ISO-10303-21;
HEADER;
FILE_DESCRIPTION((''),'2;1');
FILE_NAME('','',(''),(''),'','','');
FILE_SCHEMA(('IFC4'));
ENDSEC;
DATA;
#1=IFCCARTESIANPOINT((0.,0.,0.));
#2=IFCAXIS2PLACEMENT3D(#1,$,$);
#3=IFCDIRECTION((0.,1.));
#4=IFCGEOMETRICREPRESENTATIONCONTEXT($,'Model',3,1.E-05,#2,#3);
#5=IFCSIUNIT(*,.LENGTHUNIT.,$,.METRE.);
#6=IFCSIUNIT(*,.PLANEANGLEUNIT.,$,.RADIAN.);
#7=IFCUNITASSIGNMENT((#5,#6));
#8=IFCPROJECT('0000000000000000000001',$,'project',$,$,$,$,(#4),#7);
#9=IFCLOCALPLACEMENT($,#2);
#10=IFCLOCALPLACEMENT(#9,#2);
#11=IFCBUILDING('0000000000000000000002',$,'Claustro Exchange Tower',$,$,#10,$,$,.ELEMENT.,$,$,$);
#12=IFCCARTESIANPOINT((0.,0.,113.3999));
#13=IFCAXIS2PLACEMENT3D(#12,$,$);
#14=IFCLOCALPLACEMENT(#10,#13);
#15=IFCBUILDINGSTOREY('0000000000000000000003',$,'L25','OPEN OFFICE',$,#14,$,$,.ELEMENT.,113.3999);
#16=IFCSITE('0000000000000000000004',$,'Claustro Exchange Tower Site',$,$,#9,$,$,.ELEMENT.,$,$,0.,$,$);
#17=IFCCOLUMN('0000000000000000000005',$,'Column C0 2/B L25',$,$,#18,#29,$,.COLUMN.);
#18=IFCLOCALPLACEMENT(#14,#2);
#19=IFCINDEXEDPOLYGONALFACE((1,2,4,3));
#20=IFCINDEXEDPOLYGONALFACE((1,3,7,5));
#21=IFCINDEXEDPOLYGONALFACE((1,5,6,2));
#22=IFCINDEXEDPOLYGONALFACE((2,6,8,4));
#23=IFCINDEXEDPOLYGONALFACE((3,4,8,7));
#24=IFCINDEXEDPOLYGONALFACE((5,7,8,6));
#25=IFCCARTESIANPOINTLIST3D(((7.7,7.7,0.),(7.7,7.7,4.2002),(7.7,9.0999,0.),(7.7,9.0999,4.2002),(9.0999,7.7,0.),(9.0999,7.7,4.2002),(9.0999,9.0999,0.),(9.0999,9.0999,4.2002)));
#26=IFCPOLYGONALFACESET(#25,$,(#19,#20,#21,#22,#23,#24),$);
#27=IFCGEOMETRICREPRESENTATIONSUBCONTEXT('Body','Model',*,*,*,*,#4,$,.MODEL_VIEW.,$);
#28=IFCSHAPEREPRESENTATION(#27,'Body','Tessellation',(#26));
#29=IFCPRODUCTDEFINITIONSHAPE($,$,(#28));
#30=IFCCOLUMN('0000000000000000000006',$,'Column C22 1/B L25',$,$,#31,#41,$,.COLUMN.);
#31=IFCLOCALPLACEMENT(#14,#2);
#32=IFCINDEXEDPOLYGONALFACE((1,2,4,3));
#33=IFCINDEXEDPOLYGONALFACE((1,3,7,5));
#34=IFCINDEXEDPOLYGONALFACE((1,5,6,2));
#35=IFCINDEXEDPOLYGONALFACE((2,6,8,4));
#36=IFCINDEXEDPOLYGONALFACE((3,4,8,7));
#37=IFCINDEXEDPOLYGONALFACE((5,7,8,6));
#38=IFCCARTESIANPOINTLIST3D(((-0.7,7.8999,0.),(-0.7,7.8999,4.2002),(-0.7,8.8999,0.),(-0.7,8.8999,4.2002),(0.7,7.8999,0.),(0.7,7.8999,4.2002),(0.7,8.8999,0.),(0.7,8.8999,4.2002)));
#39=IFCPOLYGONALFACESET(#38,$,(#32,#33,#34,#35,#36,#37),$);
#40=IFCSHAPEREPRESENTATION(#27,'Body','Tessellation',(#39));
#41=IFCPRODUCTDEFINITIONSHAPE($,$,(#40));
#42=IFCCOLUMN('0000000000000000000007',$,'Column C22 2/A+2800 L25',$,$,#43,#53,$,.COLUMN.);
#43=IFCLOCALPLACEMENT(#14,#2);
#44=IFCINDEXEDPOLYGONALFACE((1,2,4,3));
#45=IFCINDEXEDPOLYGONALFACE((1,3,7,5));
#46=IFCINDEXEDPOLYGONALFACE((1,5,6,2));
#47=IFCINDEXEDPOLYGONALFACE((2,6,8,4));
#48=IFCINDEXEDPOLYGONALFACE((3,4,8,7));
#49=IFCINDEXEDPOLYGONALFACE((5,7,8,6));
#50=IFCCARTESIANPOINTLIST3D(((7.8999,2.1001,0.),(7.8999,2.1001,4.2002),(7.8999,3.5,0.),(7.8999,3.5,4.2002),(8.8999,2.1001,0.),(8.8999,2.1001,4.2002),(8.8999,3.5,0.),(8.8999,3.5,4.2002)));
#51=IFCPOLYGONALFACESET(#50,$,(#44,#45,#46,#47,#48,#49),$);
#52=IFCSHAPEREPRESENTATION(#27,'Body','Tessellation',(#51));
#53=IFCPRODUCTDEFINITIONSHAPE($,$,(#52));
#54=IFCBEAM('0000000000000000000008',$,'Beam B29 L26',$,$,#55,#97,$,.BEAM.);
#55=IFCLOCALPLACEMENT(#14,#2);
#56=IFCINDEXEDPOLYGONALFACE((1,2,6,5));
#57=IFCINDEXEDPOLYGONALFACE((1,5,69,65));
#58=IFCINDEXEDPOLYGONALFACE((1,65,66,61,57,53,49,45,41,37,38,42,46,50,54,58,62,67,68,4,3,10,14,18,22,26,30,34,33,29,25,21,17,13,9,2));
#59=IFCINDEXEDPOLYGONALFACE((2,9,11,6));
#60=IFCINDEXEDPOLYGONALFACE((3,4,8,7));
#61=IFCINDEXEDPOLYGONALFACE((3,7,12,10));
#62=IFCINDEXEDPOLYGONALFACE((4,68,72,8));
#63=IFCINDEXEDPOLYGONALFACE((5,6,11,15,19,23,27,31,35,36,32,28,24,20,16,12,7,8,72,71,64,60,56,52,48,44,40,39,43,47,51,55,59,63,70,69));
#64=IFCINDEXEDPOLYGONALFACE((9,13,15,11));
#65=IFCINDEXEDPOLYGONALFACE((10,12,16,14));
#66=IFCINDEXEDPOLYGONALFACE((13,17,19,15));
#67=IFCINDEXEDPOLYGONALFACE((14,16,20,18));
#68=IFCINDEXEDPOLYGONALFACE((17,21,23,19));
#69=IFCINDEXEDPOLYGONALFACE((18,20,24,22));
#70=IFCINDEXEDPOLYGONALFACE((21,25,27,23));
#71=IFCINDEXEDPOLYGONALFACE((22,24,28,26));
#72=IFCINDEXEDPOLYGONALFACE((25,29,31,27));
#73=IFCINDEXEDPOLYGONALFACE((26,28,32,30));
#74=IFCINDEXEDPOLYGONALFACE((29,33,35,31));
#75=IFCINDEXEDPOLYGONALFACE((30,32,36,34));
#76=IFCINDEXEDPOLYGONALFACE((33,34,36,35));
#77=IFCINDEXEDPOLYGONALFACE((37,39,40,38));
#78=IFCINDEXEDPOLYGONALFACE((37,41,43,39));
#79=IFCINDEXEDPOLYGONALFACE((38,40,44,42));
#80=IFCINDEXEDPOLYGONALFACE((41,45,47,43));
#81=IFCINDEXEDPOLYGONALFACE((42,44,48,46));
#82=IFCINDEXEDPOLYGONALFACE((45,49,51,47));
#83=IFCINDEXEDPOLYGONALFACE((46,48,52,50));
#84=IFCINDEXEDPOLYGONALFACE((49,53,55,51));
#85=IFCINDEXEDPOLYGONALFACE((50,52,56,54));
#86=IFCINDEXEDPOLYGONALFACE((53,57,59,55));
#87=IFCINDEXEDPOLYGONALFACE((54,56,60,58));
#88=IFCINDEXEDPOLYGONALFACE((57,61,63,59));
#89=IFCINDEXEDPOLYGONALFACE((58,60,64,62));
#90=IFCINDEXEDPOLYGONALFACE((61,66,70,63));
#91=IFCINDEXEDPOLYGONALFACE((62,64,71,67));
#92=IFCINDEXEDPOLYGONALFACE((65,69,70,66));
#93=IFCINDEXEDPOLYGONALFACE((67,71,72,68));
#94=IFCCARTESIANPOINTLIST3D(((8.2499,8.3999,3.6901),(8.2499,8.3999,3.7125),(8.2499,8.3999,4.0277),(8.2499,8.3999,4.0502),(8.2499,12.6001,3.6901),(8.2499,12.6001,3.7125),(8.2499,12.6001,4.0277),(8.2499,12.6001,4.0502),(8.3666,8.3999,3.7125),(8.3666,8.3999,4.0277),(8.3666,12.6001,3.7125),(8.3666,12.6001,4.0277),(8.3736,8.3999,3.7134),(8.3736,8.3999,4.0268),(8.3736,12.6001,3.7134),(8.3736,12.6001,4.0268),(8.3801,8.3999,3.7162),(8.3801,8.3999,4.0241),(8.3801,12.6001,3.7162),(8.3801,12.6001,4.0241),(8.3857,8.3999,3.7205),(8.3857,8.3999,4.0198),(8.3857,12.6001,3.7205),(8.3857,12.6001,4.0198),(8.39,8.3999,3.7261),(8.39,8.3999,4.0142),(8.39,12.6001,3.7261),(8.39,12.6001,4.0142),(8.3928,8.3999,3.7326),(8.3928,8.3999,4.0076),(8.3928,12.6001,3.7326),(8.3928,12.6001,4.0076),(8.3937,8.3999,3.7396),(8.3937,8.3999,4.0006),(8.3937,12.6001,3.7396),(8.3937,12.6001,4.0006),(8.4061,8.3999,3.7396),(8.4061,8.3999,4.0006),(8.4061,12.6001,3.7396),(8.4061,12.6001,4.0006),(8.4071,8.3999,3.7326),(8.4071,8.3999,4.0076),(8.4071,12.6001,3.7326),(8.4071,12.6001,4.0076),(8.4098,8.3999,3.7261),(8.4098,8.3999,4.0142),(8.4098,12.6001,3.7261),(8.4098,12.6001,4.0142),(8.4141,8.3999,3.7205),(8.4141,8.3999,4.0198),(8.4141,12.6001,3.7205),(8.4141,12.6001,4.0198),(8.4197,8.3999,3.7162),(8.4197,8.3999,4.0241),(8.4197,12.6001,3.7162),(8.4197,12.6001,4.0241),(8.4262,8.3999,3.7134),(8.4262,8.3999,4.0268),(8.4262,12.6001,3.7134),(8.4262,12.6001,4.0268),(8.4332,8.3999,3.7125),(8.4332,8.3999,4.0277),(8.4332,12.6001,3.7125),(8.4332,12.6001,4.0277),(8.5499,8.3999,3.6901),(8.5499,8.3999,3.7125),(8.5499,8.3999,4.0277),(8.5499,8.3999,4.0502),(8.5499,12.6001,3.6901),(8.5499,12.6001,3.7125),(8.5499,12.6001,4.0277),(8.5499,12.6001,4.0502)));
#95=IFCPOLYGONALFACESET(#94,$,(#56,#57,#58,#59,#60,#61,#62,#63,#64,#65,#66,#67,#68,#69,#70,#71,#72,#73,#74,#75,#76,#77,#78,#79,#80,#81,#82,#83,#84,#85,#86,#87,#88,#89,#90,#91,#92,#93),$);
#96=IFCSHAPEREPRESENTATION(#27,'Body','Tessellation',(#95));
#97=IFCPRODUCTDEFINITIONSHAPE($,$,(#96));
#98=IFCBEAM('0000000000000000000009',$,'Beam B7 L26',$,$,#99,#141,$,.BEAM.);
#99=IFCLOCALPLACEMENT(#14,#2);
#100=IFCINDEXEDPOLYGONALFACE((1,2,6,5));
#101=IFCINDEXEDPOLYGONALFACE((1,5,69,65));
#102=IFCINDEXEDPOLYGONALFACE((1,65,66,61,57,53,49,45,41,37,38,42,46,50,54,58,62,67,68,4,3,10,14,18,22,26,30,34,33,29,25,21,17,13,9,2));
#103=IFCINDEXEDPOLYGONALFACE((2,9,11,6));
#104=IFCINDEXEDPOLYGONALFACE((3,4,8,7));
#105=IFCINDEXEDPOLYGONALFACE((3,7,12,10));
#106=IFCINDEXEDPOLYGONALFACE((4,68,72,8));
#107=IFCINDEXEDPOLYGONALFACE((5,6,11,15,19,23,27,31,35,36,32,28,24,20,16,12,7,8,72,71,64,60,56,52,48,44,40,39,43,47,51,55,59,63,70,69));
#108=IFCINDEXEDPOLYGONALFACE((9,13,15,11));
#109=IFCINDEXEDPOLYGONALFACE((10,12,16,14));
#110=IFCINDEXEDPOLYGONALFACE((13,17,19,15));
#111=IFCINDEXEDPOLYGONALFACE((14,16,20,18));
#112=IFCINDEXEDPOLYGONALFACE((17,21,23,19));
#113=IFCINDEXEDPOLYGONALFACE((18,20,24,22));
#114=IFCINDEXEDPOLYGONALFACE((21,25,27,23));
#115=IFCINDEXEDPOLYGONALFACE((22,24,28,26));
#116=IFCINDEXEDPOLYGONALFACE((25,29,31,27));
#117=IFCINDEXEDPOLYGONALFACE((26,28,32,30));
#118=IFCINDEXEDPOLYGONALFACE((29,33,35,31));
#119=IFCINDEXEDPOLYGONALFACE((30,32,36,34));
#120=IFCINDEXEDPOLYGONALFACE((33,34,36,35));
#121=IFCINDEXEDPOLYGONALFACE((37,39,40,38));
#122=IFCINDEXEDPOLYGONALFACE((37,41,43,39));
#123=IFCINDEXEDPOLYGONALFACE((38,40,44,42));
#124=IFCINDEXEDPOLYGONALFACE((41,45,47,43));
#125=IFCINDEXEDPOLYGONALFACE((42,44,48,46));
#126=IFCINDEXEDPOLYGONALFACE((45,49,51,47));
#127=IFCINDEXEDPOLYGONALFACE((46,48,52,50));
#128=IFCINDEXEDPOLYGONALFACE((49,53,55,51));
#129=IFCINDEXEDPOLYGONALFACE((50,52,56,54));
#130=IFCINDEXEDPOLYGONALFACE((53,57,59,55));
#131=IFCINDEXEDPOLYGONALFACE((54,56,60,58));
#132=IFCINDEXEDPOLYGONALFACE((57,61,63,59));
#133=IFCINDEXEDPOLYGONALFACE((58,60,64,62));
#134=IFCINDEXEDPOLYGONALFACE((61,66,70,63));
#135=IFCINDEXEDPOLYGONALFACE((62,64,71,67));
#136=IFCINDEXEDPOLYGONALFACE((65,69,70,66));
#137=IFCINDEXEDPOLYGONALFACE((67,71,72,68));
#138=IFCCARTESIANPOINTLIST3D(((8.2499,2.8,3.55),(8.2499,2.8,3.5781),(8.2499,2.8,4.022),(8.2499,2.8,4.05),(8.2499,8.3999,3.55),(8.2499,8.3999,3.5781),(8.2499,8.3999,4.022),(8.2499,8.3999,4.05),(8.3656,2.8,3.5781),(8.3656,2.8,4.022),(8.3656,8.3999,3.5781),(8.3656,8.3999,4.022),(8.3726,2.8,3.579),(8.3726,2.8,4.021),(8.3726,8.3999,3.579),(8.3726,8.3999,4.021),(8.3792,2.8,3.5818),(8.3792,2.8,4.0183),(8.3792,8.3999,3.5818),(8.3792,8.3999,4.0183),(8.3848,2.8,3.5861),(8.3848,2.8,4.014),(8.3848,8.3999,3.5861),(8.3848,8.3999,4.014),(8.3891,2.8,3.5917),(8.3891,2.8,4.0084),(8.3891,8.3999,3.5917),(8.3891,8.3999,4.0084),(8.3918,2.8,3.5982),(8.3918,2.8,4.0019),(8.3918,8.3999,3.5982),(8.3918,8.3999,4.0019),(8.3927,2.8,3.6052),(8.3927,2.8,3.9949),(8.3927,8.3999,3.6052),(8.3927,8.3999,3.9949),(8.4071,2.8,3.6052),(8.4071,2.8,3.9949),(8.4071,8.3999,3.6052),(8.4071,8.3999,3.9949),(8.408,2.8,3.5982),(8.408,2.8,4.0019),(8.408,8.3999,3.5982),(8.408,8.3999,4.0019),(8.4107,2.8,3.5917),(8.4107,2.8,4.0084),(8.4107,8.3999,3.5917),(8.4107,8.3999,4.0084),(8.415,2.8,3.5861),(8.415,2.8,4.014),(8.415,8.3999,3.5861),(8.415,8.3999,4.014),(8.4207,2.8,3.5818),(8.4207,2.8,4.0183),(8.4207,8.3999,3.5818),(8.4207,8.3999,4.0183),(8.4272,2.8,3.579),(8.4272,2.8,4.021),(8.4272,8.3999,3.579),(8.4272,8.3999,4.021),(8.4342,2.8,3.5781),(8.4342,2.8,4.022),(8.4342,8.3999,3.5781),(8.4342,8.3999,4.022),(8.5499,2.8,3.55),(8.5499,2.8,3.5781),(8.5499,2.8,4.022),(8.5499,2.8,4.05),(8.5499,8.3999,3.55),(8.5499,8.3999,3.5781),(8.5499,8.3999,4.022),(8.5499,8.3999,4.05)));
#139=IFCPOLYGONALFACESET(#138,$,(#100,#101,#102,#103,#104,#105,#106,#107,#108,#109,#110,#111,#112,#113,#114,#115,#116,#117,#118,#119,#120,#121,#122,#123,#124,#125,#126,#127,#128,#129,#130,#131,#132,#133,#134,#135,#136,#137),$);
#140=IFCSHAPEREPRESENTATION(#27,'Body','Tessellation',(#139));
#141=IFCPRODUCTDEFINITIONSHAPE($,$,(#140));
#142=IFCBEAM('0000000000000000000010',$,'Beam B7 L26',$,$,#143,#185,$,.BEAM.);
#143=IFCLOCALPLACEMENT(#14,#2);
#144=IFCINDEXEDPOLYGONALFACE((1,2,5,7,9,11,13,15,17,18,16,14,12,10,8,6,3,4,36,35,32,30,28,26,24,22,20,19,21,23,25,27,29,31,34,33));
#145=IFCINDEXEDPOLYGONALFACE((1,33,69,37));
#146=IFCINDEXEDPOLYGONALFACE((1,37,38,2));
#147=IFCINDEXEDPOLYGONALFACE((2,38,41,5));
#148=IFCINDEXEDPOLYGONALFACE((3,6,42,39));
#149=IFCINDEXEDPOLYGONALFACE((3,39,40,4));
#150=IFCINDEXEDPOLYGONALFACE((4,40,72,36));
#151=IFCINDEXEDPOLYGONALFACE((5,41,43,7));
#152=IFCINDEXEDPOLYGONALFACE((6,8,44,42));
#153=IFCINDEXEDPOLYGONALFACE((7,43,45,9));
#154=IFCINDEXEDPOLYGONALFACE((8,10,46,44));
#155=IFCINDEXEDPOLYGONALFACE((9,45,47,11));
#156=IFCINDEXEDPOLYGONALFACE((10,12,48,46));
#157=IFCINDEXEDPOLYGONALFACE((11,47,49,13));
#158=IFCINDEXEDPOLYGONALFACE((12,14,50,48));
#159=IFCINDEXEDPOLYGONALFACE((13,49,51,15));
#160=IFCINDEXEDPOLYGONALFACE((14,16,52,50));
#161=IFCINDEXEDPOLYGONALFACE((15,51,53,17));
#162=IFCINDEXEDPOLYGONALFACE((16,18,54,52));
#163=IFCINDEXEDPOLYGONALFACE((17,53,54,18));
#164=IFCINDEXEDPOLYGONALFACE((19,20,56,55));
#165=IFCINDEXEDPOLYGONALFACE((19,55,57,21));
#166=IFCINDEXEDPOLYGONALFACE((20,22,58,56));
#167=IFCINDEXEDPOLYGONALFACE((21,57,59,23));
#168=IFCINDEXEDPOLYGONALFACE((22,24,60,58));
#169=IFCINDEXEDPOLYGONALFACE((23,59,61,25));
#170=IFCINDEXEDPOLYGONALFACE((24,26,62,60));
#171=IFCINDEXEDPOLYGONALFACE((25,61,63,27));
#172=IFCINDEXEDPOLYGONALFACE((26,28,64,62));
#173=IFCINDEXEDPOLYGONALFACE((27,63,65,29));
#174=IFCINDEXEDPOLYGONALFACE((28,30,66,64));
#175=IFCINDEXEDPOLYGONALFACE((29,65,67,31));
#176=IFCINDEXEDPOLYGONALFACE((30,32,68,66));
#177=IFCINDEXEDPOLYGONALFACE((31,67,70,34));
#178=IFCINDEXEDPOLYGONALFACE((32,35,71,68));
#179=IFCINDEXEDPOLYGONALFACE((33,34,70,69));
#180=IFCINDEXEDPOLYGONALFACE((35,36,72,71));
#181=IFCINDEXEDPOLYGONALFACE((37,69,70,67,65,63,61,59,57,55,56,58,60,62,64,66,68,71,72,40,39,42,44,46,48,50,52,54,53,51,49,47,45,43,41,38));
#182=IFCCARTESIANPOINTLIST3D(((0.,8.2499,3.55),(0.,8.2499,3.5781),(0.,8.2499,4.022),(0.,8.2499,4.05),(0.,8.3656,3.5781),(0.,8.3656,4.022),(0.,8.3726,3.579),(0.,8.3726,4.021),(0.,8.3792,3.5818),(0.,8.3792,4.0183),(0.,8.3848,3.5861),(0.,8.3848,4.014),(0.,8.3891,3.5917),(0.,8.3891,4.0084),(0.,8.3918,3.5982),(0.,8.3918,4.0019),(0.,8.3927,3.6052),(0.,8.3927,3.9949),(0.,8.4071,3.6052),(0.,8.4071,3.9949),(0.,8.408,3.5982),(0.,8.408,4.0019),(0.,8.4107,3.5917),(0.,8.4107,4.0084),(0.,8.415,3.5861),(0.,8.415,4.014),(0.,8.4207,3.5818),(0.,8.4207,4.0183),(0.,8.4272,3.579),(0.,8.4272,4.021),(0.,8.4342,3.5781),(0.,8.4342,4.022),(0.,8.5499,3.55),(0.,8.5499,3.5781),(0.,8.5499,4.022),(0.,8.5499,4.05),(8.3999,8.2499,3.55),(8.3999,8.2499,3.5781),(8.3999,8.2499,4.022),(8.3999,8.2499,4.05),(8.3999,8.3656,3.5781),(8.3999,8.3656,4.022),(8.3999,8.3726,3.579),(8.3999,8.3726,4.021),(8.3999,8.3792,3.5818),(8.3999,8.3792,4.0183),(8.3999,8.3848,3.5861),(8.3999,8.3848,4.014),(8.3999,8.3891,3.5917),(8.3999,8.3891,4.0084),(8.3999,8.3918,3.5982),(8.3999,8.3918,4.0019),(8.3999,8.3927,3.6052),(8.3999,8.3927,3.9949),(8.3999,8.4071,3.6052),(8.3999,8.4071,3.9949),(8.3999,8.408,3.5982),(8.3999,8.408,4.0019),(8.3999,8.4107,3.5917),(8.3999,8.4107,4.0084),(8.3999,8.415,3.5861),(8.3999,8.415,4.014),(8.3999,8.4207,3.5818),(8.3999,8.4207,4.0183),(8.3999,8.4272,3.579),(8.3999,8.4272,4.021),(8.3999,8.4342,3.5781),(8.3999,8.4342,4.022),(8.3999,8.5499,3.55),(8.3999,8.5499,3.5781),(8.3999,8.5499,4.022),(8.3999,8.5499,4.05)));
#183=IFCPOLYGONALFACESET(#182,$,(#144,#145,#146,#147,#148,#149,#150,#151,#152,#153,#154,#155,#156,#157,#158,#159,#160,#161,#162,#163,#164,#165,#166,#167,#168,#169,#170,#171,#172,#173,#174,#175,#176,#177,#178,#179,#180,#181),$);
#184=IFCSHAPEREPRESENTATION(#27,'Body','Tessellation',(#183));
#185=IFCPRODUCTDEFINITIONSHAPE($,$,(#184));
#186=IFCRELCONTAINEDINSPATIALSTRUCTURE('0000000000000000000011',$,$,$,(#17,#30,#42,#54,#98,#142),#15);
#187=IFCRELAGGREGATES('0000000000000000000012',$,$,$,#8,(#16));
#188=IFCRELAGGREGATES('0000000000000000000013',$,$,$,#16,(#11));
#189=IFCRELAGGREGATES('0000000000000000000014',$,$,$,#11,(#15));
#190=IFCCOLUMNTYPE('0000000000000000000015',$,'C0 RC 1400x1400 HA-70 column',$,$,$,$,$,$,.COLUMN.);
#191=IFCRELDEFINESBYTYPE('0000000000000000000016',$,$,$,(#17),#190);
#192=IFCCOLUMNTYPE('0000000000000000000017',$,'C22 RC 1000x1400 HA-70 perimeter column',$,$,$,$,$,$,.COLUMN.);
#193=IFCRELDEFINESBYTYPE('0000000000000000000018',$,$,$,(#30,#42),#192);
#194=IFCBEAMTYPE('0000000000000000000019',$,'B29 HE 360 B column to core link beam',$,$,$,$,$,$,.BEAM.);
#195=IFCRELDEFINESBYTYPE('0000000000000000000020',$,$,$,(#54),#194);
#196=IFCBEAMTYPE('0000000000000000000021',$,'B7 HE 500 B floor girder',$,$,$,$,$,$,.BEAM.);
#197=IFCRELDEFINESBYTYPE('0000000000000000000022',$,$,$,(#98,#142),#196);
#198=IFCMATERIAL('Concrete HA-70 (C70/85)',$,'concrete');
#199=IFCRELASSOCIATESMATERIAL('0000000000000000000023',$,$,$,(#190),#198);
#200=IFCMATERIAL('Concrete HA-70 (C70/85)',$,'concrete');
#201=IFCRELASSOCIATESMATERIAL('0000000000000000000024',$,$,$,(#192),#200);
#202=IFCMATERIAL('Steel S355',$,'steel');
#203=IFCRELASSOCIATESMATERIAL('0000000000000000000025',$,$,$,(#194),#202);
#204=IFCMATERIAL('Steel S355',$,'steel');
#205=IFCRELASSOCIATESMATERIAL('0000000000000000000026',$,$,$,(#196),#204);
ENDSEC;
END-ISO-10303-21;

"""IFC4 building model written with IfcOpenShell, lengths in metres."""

from ifc_helpers import new_model, si_unit, direction, frame, origin, origin_2d, place, context, subcontext, project, spatial, rectangle, i_section, extrude, material, material_profile, profile_set, type_object, element, save


model = new_model("IFC4")

# Units and contexts
model_context = context("Model", 3, precision=1e-05, world=origin(), true_north=direction((0.0, 1.0)))
body_context = subcontext(model_context, "Body", "Model", "MODEL_VIEW")
ifc_project = project(units=[si_unit("LENGTHUNIT", "METRE"), si_unit("PLANEANGLEUNIT", "RADIAN")], contexts=[model_context])

# Site, building, storey
site_placement = place(None, origin())
site = spatial("IfcSite", under=ifc_project, at=site_placement, Name="Claustro Exchange Tower Site", CompositionType="ELEMENT", RefElevation=0.0)
building_placement = place(site_placement, origin())
building = spatial("IfcBuilding", under=site, at=building_placement, Name="Claustro Exchange Tower", CompositionType="ELEMENT")
storey_placement = place(building_placement, frame((0.0, 0.0, 113.3999)))
storey = spatial("IfcBuildingStorey", under=building, at=storey_placement, Name="L25", Description="OPEN OFFICE", CompositionType="ELEMENT", Elevation=113.3999)

# Columns
ifc_material_1 = material(Name="Concrete HA-70 (C70/85)", Category="concrete")
ifc_material_profile_1 = material_profile(ifc_material_1, rectangle(XDim=1.3999, YDim=1.3999, at=origin_2d()), Name="RC 1400x1400")
ifc_profile_set_1 = profile_set([ifc_material_profile_1], Name="Concrete HA-70 (C70/85)")
column_type_1 = type_object("IfcColumnType", Name="C0 RC 1400x1400 HA-70 column", PredefinedType="COLUMN", material=ifc_profile_set_1)
column_placement = place(storey_placement, frame((8.3999, 8.3999, 0.0), z_axis=(0.0, 0.0, 1.0), x_axis=(1.0, 0.0, 0.0)))
element("IfcColumn", 1, at=column_placement, inside=storey, type_object=column_type_1, Name="Column C0 2/B L25", PredefinedType="COLUMN", context=body_context, shape_type="SweptSolid", body=[
    extrude(rectangle(XDim=1.3999, YDim=1.3999, at=origin_2d()), origin(), (0.0, 0.0, 1.0), 4.2002),
])
ifc_material_2 = material(Name="Concrete HA-70 (C70/85)", Category="concrete")
ifc_material_profile_2 = material_profile(ifc_material_2, rectangle(XDim=1.0, YDim=1.3999, at=origin_2d()), Name="RC 1000x1400")
ifc_profile_set_2 = profile_set([ifc_material_profile_2], Name="Concrete HA-70 (C70/85)")
column_type_2 = type_object("IfcColumnType", Name="C22 RC 1000x1400 HA-70 perimeter column", PredefinedType="COLUMN", material=ifc_profile_set_2)
for number, where, z_axis, x_axis, name in (
    (2, (0.0, 8.3999, 0.0), (0.0, 0.0, 1.0), (0.0, 1.0, 0.0), "Column C22 1/B L25"),
    (3, (8.3999, 2.8, 0.0), (0.0, 0.0, 1.0), (1.0, 0.0, 0.0), "Column C22 2/A+2800 L25"),
):
    element("IfcColumn", number, at=place(storey_placement, frame(where, z_axis=z_axis, x_axis=x_axis)), inside=storey, type_object=column_type_2, Name=name, PredefinedType="COLUMN", context=body_context, shape_type="SweptSolid", body=[
        extrude(rectangle(XDim=1.0, YDim=1.3999, at=origin_2d()), origin(), (0.0, 0.0, 1.0), 4.2002),
    ])

# Beams
ifc_material_3 = material(Name="Steel S355", Category="steel")
ifc_material_profile_3 = material_profile(ifc_material_3, i_section(OverallWidth=0.3, OverallDepth=0.3601, WebThickness=0.0125, FlangeThickness=0.0225, FilletRadius=0.0271, at=origin_2d()), Name="HE 360 B")
ifc_profile_set_3 = profile_set([ifc_material_profile_3], Name="Steel S355")
beam_type_1 = type_object("IfcBeamType", Name="B29 HE 360 B column to core link beam", PredefinedType="BEAM", material=ifc_profile_set_3)
beam_1_placement = place(storey_placement, frame((8.3999, 8.3999, 3.8701), z_axis=(0.0, 1.0, 0.0), x_axis=(-1.0, 0.0, 0.0)))
element("IfcBeam", 4, at=beam_1_placement, inside=storey, type_object=beam_type_1, Name="Beam B29 L26", PredefinedType="BEAM", context=body_context, shape_type="SweptSolid", body=[
    extrude(i_section(OverallWidth=0.3, OverallDepth=0.3601, WebThickness=0.0125, FlangeThickness=0.0225, FilletRadius=0.0271, at=origin_2d()), origin(), (0.0, 0.0, 1.0), 4.2002),
])
ifc_material_4 = material(Name="Steel S355", Category="steel")
ifc_material_profile_4 = material_profile(ifc_material_4, i_section(OverallWidth=0.3, OverallDepth=0.5, WebThickness=0.0144, FlangeThickness=0.0281, FilletRadius=0.0271, at=origin_2d()), Name="HE 500 B")
ifc_profile_set_4 = profile_set([ifc_material_profile_4], Name="Steel S355")
beam_type_2 = type_object("IfcBeamType", Name="B7 HE 500 B floor girder", PredefinedType="BEAM", material=ifc_profile_set_4)
beam_2_placement = place(storey_placement, frame((8.3999, 2.8, 3.8), z_axis=(0.0, 1.0, 0.0), x_axis=(-1.0, 0.0, 0.0)))
element("IfcBeam", 5, at=beam_2_placement, inside=storey, type_object=beam_type_2, Name="Beam B7 L26", PredefinedType="BEAM", context=body_context, shape_type="SweptSolid", body=[
    extrude(i_section(OverallWidth=0.3, OverallDepth=0.5, WebThickness=0.0144, FlangeThickness=0.0281, FilletRadius=0.0271, at=origin_2d()), origin(), (0.0, 0.0, 1.0), 5.5999),
])
beam_3_placement = place(storey_placement, frame((0.0, 8.3999, 3.8), z_axis=(1.0, 0.0, 0.0), x_axis=(0.0, 1.0, 0.0)))
element("IfcBeam", 6, at=beam_3_placement, inside=storey, type_object=beam_type_2, Name="Beam B7 L26", PredefinedType="BEAM", context=body_context, shape_type="SweptSolid", body=[
    extrude(i_section(OverallWidth=0.3, OverallDepth=0.5, WebThickness=0.0144, FlangeThickness=0.0281, FilletRadius=0.0271, at=origin_2d()), origin(), (0.0, 0.0, 1.0), 8.3999),
])

save(model, "model.ifc")
